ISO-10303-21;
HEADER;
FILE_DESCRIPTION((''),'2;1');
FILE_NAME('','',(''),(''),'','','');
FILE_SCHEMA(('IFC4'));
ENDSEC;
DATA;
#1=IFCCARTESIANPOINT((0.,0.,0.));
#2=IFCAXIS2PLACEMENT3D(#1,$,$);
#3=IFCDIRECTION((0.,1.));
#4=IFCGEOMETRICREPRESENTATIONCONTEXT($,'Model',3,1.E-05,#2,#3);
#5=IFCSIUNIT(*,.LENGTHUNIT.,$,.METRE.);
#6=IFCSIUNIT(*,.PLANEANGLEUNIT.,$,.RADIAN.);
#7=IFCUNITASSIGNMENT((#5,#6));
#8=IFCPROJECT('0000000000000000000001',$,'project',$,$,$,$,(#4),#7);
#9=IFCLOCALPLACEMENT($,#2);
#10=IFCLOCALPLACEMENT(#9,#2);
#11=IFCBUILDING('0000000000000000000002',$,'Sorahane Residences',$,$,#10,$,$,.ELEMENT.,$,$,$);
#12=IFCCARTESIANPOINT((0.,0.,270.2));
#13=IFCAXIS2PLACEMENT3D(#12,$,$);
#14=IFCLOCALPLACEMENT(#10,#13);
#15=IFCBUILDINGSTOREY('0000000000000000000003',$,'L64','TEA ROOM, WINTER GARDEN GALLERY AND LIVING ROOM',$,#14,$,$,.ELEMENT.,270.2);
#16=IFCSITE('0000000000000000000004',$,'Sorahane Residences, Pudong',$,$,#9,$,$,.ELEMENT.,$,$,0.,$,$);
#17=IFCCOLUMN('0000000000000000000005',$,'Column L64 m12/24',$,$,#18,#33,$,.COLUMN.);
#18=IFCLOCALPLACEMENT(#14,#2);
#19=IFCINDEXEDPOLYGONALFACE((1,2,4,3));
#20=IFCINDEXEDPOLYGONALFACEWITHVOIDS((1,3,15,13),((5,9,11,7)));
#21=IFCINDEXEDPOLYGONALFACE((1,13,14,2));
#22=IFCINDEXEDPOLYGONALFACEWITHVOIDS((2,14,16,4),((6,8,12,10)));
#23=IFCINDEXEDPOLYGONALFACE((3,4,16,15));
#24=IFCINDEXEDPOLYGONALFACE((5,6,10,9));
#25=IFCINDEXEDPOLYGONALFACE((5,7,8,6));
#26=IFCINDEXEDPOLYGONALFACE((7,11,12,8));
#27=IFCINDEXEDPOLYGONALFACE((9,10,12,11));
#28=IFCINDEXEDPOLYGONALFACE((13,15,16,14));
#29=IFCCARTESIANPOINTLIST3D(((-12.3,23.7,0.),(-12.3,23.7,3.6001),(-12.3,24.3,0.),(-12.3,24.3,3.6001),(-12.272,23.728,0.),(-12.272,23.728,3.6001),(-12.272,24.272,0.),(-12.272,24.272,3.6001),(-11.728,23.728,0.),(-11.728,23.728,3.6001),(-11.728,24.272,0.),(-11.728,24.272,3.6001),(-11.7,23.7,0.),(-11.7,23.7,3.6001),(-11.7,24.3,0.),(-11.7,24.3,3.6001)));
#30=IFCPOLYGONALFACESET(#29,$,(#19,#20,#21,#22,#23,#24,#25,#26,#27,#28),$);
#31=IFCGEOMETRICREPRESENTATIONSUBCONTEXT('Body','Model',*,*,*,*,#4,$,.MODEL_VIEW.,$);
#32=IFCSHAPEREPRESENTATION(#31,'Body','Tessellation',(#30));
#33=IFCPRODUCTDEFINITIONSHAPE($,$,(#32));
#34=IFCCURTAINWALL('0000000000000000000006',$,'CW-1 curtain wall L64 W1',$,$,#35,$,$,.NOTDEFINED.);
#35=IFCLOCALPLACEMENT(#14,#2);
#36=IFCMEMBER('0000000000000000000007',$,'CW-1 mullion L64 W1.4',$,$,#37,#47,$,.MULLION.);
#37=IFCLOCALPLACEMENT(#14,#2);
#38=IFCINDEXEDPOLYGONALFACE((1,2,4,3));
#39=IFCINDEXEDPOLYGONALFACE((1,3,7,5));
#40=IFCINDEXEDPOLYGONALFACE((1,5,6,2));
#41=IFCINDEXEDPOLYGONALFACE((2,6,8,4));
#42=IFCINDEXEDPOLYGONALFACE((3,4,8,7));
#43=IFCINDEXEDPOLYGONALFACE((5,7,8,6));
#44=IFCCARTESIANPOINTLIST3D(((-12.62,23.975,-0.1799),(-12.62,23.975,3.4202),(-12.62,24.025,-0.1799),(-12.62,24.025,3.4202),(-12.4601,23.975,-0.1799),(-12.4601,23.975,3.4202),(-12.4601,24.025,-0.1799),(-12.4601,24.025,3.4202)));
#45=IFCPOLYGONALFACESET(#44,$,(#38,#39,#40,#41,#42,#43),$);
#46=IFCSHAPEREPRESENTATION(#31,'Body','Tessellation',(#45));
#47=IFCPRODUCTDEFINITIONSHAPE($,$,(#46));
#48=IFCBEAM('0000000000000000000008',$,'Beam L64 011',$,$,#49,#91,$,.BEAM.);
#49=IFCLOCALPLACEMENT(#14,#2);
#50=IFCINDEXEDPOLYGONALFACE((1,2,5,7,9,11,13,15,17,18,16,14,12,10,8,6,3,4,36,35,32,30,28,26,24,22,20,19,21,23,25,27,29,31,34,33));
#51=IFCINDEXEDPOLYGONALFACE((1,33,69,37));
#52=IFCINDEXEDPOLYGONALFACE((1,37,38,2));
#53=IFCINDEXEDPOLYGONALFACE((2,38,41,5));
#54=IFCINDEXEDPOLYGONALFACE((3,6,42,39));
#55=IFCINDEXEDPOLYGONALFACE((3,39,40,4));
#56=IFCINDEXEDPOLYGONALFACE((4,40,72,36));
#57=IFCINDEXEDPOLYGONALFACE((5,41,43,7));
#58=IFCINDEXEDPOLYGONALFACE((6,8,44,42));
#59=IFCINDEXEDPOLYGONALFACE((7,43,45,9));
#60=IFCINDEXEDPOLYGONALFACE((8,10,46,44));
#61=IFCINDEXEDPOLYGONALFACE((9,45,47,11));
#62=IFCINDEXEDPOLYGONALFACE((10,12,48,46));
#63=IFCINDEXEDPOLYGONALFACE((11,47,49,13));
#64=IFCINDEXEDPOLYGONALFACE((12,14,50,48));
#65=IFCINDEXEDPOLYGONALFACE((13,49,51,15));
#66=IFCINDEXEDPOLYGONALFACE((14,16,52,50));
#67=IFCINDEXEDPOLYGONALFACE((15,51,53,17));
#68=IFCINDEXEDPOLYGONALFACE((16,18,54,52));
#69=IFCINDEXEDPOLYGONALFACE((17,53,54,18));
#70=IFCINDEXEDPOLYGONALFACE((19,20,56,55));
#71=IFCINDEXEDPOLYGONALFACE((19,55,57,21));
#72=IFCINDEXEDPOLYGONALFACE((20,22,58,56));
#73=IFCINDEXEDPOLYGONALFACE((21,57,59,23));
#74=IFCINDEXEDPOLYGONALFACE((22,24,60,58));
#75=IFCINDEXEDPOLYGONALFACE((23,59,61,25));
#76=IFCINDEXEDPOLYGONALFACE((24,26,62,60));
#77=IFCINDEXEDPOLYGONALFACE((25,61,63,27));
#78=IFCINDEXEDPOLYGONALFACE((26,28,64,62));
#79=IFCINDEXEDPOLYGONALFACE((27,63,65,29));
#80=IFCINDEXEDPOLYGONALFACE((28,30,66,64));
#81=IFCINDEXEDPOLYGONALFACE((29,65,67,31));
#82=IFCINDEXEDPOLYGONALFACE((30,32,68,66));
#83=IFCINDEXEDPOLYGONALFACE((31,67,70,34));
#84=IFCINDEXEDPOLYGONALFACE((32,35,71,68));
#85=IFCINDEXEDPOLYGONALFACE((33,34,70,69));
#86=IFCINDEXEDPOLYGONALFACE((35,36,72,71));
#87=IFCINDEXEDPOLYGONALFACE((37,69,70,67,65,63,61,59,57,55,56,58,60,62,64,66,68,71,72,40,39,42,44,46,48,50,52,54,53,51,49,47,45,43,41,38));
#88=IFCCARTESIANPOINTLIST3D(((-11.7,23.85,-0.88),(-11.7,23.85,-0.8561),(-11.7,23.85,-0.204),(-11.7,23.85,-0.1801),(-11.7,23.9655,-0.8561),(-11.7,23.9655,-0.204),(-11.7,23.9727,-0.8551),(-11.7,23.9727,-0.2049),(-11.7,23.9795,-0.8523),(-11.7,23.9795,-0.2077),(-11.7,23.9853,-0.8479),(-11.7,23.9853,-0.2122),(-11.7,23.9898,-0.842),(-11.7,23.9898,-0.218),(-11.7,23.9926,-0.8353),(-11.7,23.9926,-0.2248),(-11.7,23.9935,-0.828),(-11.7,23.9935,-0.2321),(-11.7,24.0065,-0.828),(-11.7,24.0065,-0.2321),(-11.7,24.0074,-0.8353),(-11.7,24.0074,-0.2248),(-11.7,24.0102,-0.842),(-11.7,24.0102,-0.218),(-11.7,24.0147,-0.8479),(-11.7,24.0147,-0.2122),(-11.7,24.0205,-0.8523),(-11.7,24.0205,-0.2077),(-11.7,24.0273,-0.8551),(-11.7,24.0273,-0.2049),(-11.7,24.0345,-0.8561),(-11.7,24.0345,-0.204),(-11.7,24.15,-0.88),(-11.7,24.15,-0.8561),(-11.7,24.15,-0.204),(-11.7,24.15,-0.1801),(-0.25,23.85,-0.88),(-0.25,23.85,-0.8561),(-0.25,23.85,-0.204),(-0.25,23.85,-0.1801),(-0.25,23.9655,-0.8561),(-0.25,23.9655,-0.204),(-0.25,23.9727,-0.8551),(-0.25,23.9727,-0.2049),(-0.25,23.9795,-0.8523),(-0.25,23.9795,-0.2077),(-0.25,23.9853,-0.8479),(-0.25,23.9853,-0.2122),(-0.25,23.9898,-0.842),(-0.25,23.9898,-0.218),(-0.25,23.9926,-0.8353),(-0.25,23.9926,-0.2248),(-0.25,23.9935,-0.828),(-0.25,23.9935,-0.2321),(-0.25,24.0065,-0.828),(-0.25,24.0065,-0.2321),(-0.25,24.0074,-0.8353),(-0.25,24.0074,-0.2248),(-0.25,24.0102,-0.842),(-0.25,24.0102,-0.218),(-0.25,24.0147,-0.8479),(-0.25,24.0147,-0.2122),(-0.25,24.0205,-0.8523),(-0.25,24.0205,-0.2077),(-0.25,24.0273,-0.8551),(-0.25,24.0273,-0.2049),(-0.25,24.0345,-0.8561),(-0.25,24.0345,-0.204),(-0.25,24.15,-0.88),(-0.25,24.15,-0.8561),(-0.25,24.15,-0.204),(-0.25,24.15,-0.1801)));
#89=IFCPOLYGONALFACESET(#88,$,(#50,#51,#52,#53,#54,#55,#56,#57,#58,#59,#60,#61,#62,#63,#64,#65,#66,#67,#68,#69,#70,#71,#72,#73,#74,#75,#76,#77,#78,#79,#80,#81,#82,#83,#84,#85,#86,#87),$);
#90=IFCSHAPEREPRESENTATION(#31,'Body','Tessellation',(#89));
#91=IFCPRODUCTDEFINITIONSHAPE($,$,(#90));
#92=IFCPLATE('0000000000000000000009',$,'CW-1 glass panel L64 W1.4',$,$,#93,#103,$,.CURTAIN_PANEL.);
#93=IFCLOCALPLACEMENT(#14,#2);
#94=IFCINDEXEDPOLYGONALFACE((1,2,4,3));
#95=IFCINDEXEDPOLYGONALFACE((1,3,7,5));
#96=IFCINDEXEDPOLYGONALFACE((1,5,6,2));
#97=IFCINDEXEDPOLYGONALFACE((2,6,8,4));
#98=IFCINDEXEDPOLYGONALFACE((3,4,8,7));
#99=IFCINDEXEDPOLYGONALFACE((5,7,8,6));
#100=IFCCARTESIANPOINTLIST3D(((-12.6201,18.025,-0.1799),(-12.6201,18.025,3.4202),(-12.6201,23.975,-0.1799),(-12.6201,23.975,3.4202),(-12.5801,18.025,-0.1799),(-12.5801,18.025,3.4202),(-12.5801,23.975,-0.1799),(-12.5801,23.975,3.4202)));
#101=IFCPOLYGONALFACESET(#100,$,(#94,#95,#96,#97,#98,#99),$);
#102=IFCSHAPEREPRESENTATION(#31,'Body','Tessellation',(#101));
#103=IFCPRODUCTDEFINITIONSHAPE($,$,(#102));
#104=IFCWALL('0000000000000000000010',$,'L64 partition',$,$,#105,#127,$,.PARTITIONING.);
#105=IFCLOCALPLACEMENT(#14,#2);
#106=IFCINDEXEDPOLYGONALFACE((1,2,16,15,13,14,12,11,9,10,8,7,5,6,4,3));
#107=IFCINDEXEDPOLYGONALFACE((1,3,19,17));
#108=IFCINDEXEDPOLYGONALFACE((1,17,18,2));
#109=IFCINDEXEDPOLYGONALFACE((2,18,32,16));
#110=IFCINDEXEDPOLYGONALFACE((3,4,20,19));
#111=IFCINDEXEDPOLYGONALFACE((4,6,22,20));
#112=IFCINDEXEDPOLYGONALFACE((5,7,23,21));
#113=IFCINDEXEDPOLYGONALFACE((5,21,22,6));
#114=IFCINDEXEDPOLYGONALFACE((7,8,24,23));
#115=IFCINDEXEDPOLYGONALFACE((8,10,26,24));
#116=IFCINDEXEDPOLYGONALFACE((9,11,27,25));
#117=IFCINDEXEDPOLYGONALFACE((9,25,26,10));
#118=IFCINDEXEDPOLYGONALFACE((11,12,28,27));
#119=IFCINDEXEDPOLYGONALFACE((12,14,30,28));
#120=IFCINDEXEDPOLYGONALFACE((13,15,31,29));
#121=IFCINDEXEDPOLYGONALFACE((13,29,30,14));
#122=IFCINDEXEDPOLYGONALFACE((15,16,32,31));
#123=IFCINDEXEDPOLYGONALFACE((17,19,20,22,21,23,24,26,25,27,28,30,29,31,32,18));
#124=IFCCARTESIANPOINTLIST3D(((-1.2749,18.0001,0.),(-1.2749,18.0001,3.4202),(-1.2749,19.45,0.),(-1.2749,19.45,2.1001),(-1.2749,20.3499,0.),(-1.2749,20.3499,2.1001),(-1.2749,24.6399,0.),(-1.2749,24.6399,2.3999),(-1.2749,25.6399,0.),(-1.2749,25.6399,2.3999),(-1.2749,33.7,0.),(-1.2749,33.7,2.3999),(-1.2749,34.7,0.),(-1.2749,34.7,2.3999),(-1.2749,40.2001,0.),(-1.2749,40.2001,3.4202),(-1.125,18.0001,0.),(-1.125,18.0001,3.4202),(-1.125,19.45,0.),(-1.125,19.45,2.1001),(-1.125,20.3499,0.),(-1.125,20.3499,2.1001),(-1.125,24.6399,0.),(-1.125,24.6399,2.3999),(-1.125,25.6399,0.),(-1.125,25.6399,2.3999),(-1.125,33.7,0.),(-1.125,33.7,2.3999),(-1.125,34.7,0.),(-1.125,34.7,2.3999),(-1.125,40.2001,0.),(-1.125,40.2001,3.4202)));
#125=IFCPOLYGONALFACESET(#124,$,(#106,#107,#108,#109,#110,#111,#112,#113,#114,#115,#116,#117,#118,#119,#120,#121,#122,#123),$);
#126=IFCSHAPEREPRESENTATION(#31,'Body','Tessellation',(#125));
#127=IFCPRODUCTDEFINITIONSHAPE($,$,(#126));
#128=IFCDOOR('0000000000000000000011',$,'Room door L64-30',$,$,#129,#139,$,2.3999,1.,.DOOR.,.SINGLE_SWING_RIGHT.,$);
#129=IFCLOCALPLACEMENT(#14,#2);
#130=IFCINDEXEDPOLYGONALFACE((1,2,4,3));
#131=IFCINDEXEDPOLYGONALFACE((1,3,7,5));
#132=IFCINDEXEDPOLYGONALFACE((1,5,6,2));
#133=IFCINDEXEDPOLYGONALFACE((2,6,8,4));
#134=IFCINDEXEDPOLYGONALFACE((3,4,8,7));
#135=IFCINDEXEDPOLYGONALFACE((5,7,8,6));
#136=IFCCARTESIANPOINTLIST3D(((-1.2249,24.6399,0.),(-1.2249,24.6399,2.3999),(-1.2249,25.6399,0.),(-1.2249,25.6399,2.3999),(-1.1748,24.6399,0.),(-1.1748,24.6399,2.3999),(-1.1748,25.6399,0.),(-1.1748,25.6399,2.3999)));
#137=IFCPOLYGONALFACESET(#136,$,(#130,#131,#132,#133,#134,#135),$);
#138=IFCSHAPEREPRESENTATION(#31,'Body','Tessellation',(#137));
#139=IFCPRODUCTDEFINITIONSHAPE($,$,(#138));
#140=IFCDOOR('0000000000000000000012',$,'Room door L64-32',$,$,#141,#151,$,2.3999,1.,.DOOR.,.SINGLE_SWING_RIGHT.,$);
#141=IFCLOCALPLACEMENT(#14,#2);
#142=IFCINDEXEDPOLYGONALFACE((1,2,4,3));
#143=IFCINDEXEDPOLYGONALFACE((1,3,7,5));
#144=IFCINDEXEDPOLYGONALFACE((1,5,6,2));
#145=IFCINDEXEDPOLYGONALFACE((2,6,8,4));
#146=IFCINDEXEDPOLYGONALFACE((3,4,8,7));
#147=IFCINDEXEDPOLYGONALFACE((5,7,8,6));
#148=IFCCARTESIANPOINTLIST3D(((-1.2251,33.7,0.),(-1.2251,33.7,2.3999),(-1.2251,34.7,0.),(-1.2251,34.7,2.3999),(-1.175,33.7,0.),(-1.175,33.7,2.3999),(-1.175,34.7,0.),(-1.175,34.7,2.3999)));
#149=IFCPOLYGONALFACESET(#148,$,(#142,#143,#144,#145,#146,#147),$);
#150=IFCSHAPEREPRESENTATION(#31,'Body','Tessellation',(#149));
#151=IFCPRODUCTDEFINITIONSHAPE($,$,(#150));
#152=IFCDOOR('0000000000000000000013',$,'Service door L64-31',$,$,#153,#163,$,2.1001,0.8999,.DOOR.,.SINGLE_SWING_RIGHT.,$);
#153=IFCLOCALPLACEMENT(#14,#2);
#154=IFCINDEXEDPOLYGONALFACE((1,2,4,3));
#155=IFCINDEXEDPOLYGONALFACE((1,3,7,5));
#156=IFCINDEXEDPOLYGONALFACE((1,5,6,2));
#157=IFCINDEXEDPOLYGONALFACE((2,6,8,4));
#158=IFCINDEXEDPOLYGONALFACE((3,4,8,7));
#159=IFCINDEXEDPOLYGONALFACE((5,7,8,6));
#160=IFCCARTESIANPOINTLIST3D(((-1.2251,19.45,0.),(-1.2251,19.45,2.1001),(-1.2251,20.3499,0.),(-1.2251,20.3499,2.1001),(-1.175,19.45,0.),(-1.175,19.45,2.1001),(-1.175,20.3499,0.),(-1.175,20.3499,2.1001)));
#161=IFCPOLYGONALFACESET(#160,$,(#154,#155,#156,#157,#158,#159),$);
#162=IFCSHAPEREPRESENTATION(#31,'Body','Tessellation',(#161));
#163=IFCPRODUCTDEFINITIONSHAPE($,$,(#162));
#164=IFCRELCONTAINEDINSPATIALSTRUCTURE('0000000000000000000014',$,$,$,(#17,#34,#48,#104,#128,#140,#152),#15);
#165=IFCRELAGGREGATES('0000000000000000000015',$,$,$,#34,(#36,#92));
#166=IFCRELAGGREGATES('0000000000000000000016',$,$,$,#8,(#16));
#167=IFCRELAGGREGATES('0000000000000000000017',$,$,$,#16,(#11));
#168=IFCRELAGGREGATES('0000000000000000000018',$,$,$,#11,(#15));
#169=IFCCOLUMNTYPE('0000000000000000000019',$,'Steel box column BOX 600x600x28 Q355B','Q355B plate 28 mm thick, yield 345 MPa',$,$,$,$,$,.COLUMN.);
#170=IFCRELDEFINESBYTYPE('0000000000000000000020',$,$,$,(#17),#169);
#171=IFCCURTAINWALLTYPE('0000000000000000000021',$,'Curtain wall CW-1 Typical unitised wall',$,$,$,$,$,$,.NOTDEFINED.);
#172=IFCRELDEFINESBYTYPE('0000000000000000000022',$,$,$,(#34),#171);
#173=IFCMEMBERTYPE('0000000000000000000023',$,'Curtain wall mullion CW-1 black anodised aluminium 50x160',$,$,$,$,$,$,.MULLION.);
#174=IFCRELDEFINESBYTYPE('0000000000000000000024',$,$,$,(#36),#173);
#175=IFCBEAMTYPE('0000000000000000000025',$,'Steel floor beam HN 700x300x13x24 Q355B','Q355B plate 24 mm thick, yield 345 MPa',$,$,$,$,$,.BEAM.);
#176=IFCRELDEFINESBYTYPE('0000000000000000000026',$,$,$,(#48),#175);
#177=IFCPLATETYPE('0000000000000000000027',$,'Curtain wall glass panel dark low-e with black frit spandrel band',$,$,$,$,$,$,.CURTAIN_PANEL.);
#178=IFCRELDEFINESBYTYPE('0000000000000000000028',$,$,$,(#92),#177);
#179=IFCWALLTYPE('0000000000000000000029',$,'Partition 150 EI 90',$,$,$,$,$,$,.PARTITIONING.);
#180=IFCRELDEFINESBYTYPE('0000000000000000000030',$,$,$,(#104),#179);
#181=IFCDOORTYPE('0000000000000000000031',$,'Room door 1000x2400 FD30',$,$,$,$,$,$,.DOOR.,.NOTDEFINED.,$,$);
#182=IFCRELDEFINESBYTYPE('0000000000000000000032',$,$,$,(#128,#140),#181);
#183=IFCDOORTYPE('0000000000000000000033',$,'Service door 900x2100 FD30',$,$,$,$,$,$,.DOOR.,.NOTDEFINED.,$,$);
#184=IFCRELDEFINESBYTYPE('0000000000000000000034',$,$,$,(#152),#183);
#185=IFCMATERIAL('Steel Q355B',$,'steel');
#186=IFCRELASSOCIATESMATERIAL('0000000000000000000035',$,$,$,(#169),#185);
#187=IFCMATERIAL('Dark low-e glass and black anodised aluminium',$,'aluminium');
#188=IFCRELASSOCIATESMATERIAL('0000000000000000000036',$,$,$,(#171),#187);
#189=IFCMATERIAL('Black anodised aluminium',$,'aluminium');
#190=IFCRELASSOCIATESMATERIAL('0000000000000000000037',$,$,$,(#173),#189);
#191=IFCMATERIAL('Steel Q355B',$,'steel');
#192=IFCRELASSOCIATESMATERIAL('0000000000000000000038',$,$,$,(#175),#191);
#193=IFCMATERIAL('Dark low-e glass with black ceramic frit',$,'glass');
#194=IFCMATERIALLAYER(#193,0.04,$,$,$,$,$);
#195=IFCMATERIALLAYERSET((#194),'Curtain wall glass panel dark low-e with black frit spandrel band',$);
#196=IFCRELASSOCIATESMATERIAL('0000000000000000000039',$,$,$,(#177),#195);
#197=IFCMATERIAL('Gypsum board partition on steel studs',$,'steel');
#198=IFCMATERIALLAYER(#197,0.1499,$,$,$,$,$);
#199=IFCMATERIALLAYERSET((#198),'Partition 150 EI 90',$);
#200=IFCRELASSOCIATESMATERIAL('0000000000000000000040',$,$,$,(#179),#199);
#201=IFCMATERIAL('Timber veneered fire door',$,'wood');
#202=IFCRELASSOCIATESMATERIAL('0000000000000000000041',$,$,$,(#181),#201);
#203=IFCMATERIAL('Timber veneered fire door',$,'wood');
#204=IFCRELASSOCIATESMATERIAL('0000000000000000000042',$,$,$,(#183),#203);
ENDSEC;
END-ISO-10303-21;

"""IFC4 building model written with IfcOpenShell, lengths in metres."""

from ifc_helpers import new_model, si_unit, direction, frame, frame_2d, origin, origin_2d, place, context, subcontext, project, spatial, rectangle, hollow_rectangle, i_section, extrude, material, layer, layer_set, material_profile, profile_set, type_object, element, fill, aggregate, save


model = new_model("IFC4")

# Units and contexts
model_context = context("Model", 3, precision=1e-05, world=origin(), true_north=direction((0.0, 1.0)))
body_context = subcontext(model_context, "Body", "Model", "MODEL_VIEW")
ifc_project = project(units=[si_unit("LENGTHUNIT", "METRE"), si_unit("PLANEANGLEUNIT", "RADIAN")], contexts=[model_context])

# Site, building, storey
site_placement = place(None, origin())
site = spatial("IfcSite", under=ifc_project, at=site_placement, Name="Sorahane Residences, Pudong", CompositionType="ELEMENT", RefElevation=0.0)
building_placement = place(site_placement, origin())
building = spatial("IfcBuilding", under=site, at=building_placement, Name="Sorahane Residences", CompositionType="ELEMENT")
storey_placement = place(building_placement, frame((0.0, 0.0, 270.2)))
storey = spatial("IfcBuildingStorey", under=building, at=storey_placement, Name="L64", Description="TEA ROOM, WINTER GARDEN GALLERY AND LIVING ROOM", CompositionType="ELEMENT", Elevation=270.2)

# Column
ifc_material_1 = material(Name="Steel Q355B", Category="steel")
ifc_material_profile_1 = material_profile(ifc_material_1, hollow_rectangle(XDim=0.6001, YDim=0.6001, WallThickness=0.0281, at=origin_2d()), Name="BOX 600x600x28")
ifc_profile_set_1 = profile_set([ifc_material_profile_1], Name="Steel Q355B")
column_type = type_object("IfcColumnType", Name="Steel box column BOX 600x600x28 Q355B", Description="Q355B plate 28 mm thick, yield 345 MPa", PredefinedType="COLUMN", material=ifc_profile_set_1)
column_placement = place(storey_placement, frame((-12.0, 24.0, 0.0), z_axis=(0.0, 0.0, 1.0), x_axis=(1.0, 0.0, 0.0)))
element("IfcColumn", 1, at=column_placement, inside=storey, type_object=column_type, Name="Column L64 m12/24", PredefinedType="COLUMN", context=body_context, shape_type="SweptSolid", body=[
    extrude(hollow_rectangle(XDim=0.6001, YDim=0.6001, WallThickness=0.0281, at=origin_2d()), origin(), (0.0, 0.0, 1.0), 3.6001),
])

# Curtain wall, member
ifc_material_2 = material(Name="Dark low-e glass and black anodised aluminium", Category="aluminium")
curtain_wall_type = type_object("IfcCurtainWallType", Name="Curtain wall CW-1 Typical unitised wall", PredefinedType="NOTDEFINED", material=ifc_material_2)
curtain_wall_placement = place(storey_placement, origin())
curtain_wall = element("IfcCurtainWall", 2, at=curtain_wall_placement, inside=storey, type_object=curtain_wall_type, Name="CW-1 curtain wall L64 W1", PredefinedType="NOTDEFINED")
ifc_material_3 = material(Name="Black anodised aluminium", Category="aluminium")
ifc_material_profile_2 = material_profile(ifc_material_3, rectangle(XDim=0.1599, YDim=0.05, at=origin_2d()), Name="Curtain wall mullion CW-1 black anodised aluminium 50x160")
ifc_profile_set_2 = profile_set([ifc_material_profile_2], Name="Black anodised aluminium")
member_type = type_object("IfcMemberType", Name="Curtain wall mullion CW-1 black anodised aluminium 50x160", PredefinedType="MULLION", material=ifc_profile_set_2)
member_placement = place(storey_placement, frame((-12.54, 24.0, -0.1799), z_axis=(0.0, 0.0, 1.0), x_axis=(-1.0, 0.0, 0.0)))
member = element("IfcMember", 3, at=member_placement, type_object=member_type, Name="CW-1 mullion L64 W1.4", PredefinedType="MULLION", context=body_context, shape_type="SweptSolid", body=[
    extrude(rectangle(XDim=0.1599, YDim=0.05, at=origin_2d()), origin(), (0.0, 0.0, 1.0), 3.6001),
])

# Beam
ifc_material_4 = material(Name="Steel Q355B", Category="steel")
ifc_material_profile_3 = material_profile(ifc_material_4, i_section(OverallWidth=0.3, OverallDepth=0.7, WebThickness=0.0129, FlangeThickness=0.0239, FilletRadius=0.0281, at=origin_2d()), Name="HN 700x300x13x24")
ifc_profile_set_3 = profile_set([ifc_material_profile_3], Name="Steel Q355B")
beam_type = type_object("IfcBeamType", Name="Steel floor beam HN 700x300x13x24 Q355B", Description="Q355B plate 24 mm thick, yield 345 MPa", PredefinedType="BEAM", material=ifc_profile_set_3)
beam_placement = place(storey_placement, frame((-11.7, 24.0, -0.53), z_axis=(1.0, 0.0, 0.0), x_axis=(0.0, 1.0, 0.0)))
element("IfcBeam", 4, at=beam_placement, inside=storey, type_object=beam_type, Name="Beam L64 011", PredefinedType="BEAM", context=body_context, shape_type="SweptSolid", body=[
    extrude(i_section(OverallWidth=0.3, OverallDepth=0.7, WebThickness=0.0129, FlangeThickness=0.0239, FilletRadius=0.0281, at=origin_2d()), origin(), (0.0, 0.0, 1.0), 11.45),
])

# Plate
ifc_material_5 = material(Name="Dark low-e glass with black ceramic frit", Category="glass")
ifc_layer_1 = layer(ifc_material_5, 0.04)
ifc_layer_set_1 = layer_set([ifc_layer_1], Name="Curtain wall glass panel dark low-e with black frit spandrel band")
plate_type = type_object("IfcPlateType", Name="Curtain wall glass panel dark low-e with black frit spandrel band", PredefinedType="CURTAIN_PANEL", material=ifc_layer_set_1)
plate_placement = place(storey_placement, frame((-12.6001, 21.0, -0.1799), z_axis=(0.0, 0.0, 1.0), x_axis=(0.0, -1.0, 0.0)))
plate = element("IfcPlate", 5, at=plate_placement, type_object=plate_type, Name="CW-1 glass panel L64 W1.4", PredefinedType="CURTAIN_PANEL", context=body_context, shape_type="SweptSolid", body=[
    extrude(rectangle(XDim=5.95, YDim=0.04, at=origin_2d()), origin(), (0.0, 0.0, 1.0), 3.6001),
])
aggregate(curtain_wall, [member, plate])

# Wall, openings, doors
ifc_material_6 = material(Name="Gypsum board partition on steel studs", Category="steel")
ifc_layer_2 = layer(ifc_material_6, 0.1499)
ifc_layer_set_2 = layer_set([ifc_layer_2], Name="Partition 150 EI 90")
wall_type_1 = type_object("IfcWallType", Name="Partition 150 EI 90", PredefinedType="PARTITIONING", material=ifc_layer_set_2)
wall_1_placement = place(storey_placement, frame((-1.2, 18.0, 0.0), z_axis=(0.0, 0.0, 1.0), x_axis=(0.0, 1.0, 0.0)))
wall_1 = element("IfcWall", 6, at=wall_1_placement, inside=storey, type_object=wall_type_1, Name="L64 partition", PredefinedType="PARTITIONING", context=body_context, shape_type="SweptSolid", body=[
    extrude(rectangle(XDim=22.2, YDim=0.1499, at=frame_2d((11.1001, 0.0))), origin(), (0.0, 0.0, 1.0), 3.4202),
])
opening_1_placement = place(wall_1_placement, frame((6.6399, 0.0, 0.0)))
opening_1 = element("IfcOpeningElement", 7, at=opening_1_placement, cuts=wall_1, PredefinedType="OPENING", context=body_context, shape_type="SweptSolid", body=[
    extrude(rectangle(XDim=1.0, YDim=2.3999, at=frame_2d((0.5, 1.2))), frame((0.0, 0.085, 0.0), z_axis=(0.0, -1.0, 0.0), x_axis=(1.0, 0.0, 0.0)), (0.0, 0.0, 1.0), 0.1699),
])
opening_2_placement = place(wall_1_placement, frame((1.45, 0.0, 0.0)))
opening_2 = element("IfcOpeningElement", 8, at=opening_2_placement, cuts=wall_1, PredefinedType="OPENING", context=body_context, shape_type="SweptSolid", body=[
    extrude(rectangle(XDim=0.8999, YDim=2.1001, at=frame_2d((0.45, 1.05))), frame((0.0, 0.085, 0.0), z_axis=(0.0, -1.0, 0.0), x_axis=(1.0, 0.0, 0.0)), (0.0, 0.0, 1.0), 0.1699),
])
opening_3_placement = place(wall_1_placement, frame((15.7, 0.0, 0.0)))
opening_3 = element("IfcOpeningElement", 9, at=opening_3_placement, cuts=wall_1, PredefinedType="OPENING", context=body_context, shape_type="SweptSolid", body=[
    extrude(rectangle(XDim=1.0, YDim=2.3999, at=frame_2d((0.5, 1.2))), frame((0.0, 0.085, 0.0), z_axis=(0.0, -1.0, 0.0), x_axis=(1.0, 0.0, 0.0)), (0.0, 0.0, 1.0), 0.1699),
])
ifc_material_7 = material(Name="Timber veneered fire door", Category="wood")
door_type_1 = type_object("IfcDoorType", Name="Room door 1000x2400 FD30", OperationType="NOTDEFINED", PredefinedType="DOOR", material=ifc_material_7)
door_1_placement = place(opening_1_placement, origin())
door_1 = element("IfcDoor", 10, at=door_1_placement, inside=storey, type_object=door_type_1, Name="Room door L64-30", OperationType="SINGLE_SWING_RIGHT", OverallHeight=2.3999, OverallWidth=1.0, PredefinedType="DOOR", context=body_context, shape_type="SweptSolid", body=[
    extrude(rectangle(XDim=1.0, YDim=2.3999, at=frame_2d((0.5, 1.2))), frame((0.0, 0.0249, 0.0), z_axis=(0.0, -1.0, 0.0), x_axis=(1.0, 0.0, 0.0)), (0.0, 0.0, 1.0), 0.05),
])
fill(opening_1, door_1)
door_2_placement = place(opening_3_placement, frame((1.0, 0.0, 0.0), z_axis=(0.0, 0.0, 1.0), x_axis=(-1.0, 0.0, 0.0)))
door_2 = element("IfcDoor", 11, at=door_2_placement, inside=storey, type_object=door_type_1, Name="Room door L64-32", OperationType="SINGLE_SWING_RIGHT", OverallHeight=2.3999, OverallWidth=1.0, PredefinedType="DOOR", context=body_context, shape_type="SweptSolid", body=[
    extrude(rectangle(XDim=1.0, YDim=2.3999, at=frame_2d((0.5, 1.2))), frame((0.0, 0.0249, 0.0), z_axis=(0.0, -1.0, 0.0), x_axis=(1.0, 0.0, 0.0)), (0.0, 0.0, 1.0), 0.05),
])
fill(opening_3, door_2)
ifc_material_8 = material(Name="Timber veneered fire door", Category="wood")
door_type_2 = type_object("IfcDoorType", Name="Service door 900x2100 FD30", OperationType="NOTDEFINED", PredefinedType="DOOR", material=ifc_material_8)
door_3_placement = place(opening_2_placement, frame((0.8999, 0.0, 0.0), z_axis=(0.0, 0.0, 1.0), x_axis=(-1.0, 0.0, 0.0)))
door_3 = element("IfcDoor", 12, at=door_3_placement, inside=storey, type_object=door_type_2, Name="Service door L64-31", OperationType="SINGLE_SWING_RIGHT", OverallHeight=2.1001, OverallWidth=0.8999, PredefinedType="DOOR", context=body_context, shape_type="SweptSolid", body=[
    extrude(rectangle(XDim=0.8999, YDim=2.1001, at=frame_2d((0.45, 1.05))), frame((0.0, 0.0249, 0.0), z_axis=(0.0, -1.0, 0.0), x_axis=(1.0, 0.0, 0.0)), (0.0, 0.0, 1.0), 0.05),
])
fill(opening_2, door_3)

save(model, "model.ifc")
